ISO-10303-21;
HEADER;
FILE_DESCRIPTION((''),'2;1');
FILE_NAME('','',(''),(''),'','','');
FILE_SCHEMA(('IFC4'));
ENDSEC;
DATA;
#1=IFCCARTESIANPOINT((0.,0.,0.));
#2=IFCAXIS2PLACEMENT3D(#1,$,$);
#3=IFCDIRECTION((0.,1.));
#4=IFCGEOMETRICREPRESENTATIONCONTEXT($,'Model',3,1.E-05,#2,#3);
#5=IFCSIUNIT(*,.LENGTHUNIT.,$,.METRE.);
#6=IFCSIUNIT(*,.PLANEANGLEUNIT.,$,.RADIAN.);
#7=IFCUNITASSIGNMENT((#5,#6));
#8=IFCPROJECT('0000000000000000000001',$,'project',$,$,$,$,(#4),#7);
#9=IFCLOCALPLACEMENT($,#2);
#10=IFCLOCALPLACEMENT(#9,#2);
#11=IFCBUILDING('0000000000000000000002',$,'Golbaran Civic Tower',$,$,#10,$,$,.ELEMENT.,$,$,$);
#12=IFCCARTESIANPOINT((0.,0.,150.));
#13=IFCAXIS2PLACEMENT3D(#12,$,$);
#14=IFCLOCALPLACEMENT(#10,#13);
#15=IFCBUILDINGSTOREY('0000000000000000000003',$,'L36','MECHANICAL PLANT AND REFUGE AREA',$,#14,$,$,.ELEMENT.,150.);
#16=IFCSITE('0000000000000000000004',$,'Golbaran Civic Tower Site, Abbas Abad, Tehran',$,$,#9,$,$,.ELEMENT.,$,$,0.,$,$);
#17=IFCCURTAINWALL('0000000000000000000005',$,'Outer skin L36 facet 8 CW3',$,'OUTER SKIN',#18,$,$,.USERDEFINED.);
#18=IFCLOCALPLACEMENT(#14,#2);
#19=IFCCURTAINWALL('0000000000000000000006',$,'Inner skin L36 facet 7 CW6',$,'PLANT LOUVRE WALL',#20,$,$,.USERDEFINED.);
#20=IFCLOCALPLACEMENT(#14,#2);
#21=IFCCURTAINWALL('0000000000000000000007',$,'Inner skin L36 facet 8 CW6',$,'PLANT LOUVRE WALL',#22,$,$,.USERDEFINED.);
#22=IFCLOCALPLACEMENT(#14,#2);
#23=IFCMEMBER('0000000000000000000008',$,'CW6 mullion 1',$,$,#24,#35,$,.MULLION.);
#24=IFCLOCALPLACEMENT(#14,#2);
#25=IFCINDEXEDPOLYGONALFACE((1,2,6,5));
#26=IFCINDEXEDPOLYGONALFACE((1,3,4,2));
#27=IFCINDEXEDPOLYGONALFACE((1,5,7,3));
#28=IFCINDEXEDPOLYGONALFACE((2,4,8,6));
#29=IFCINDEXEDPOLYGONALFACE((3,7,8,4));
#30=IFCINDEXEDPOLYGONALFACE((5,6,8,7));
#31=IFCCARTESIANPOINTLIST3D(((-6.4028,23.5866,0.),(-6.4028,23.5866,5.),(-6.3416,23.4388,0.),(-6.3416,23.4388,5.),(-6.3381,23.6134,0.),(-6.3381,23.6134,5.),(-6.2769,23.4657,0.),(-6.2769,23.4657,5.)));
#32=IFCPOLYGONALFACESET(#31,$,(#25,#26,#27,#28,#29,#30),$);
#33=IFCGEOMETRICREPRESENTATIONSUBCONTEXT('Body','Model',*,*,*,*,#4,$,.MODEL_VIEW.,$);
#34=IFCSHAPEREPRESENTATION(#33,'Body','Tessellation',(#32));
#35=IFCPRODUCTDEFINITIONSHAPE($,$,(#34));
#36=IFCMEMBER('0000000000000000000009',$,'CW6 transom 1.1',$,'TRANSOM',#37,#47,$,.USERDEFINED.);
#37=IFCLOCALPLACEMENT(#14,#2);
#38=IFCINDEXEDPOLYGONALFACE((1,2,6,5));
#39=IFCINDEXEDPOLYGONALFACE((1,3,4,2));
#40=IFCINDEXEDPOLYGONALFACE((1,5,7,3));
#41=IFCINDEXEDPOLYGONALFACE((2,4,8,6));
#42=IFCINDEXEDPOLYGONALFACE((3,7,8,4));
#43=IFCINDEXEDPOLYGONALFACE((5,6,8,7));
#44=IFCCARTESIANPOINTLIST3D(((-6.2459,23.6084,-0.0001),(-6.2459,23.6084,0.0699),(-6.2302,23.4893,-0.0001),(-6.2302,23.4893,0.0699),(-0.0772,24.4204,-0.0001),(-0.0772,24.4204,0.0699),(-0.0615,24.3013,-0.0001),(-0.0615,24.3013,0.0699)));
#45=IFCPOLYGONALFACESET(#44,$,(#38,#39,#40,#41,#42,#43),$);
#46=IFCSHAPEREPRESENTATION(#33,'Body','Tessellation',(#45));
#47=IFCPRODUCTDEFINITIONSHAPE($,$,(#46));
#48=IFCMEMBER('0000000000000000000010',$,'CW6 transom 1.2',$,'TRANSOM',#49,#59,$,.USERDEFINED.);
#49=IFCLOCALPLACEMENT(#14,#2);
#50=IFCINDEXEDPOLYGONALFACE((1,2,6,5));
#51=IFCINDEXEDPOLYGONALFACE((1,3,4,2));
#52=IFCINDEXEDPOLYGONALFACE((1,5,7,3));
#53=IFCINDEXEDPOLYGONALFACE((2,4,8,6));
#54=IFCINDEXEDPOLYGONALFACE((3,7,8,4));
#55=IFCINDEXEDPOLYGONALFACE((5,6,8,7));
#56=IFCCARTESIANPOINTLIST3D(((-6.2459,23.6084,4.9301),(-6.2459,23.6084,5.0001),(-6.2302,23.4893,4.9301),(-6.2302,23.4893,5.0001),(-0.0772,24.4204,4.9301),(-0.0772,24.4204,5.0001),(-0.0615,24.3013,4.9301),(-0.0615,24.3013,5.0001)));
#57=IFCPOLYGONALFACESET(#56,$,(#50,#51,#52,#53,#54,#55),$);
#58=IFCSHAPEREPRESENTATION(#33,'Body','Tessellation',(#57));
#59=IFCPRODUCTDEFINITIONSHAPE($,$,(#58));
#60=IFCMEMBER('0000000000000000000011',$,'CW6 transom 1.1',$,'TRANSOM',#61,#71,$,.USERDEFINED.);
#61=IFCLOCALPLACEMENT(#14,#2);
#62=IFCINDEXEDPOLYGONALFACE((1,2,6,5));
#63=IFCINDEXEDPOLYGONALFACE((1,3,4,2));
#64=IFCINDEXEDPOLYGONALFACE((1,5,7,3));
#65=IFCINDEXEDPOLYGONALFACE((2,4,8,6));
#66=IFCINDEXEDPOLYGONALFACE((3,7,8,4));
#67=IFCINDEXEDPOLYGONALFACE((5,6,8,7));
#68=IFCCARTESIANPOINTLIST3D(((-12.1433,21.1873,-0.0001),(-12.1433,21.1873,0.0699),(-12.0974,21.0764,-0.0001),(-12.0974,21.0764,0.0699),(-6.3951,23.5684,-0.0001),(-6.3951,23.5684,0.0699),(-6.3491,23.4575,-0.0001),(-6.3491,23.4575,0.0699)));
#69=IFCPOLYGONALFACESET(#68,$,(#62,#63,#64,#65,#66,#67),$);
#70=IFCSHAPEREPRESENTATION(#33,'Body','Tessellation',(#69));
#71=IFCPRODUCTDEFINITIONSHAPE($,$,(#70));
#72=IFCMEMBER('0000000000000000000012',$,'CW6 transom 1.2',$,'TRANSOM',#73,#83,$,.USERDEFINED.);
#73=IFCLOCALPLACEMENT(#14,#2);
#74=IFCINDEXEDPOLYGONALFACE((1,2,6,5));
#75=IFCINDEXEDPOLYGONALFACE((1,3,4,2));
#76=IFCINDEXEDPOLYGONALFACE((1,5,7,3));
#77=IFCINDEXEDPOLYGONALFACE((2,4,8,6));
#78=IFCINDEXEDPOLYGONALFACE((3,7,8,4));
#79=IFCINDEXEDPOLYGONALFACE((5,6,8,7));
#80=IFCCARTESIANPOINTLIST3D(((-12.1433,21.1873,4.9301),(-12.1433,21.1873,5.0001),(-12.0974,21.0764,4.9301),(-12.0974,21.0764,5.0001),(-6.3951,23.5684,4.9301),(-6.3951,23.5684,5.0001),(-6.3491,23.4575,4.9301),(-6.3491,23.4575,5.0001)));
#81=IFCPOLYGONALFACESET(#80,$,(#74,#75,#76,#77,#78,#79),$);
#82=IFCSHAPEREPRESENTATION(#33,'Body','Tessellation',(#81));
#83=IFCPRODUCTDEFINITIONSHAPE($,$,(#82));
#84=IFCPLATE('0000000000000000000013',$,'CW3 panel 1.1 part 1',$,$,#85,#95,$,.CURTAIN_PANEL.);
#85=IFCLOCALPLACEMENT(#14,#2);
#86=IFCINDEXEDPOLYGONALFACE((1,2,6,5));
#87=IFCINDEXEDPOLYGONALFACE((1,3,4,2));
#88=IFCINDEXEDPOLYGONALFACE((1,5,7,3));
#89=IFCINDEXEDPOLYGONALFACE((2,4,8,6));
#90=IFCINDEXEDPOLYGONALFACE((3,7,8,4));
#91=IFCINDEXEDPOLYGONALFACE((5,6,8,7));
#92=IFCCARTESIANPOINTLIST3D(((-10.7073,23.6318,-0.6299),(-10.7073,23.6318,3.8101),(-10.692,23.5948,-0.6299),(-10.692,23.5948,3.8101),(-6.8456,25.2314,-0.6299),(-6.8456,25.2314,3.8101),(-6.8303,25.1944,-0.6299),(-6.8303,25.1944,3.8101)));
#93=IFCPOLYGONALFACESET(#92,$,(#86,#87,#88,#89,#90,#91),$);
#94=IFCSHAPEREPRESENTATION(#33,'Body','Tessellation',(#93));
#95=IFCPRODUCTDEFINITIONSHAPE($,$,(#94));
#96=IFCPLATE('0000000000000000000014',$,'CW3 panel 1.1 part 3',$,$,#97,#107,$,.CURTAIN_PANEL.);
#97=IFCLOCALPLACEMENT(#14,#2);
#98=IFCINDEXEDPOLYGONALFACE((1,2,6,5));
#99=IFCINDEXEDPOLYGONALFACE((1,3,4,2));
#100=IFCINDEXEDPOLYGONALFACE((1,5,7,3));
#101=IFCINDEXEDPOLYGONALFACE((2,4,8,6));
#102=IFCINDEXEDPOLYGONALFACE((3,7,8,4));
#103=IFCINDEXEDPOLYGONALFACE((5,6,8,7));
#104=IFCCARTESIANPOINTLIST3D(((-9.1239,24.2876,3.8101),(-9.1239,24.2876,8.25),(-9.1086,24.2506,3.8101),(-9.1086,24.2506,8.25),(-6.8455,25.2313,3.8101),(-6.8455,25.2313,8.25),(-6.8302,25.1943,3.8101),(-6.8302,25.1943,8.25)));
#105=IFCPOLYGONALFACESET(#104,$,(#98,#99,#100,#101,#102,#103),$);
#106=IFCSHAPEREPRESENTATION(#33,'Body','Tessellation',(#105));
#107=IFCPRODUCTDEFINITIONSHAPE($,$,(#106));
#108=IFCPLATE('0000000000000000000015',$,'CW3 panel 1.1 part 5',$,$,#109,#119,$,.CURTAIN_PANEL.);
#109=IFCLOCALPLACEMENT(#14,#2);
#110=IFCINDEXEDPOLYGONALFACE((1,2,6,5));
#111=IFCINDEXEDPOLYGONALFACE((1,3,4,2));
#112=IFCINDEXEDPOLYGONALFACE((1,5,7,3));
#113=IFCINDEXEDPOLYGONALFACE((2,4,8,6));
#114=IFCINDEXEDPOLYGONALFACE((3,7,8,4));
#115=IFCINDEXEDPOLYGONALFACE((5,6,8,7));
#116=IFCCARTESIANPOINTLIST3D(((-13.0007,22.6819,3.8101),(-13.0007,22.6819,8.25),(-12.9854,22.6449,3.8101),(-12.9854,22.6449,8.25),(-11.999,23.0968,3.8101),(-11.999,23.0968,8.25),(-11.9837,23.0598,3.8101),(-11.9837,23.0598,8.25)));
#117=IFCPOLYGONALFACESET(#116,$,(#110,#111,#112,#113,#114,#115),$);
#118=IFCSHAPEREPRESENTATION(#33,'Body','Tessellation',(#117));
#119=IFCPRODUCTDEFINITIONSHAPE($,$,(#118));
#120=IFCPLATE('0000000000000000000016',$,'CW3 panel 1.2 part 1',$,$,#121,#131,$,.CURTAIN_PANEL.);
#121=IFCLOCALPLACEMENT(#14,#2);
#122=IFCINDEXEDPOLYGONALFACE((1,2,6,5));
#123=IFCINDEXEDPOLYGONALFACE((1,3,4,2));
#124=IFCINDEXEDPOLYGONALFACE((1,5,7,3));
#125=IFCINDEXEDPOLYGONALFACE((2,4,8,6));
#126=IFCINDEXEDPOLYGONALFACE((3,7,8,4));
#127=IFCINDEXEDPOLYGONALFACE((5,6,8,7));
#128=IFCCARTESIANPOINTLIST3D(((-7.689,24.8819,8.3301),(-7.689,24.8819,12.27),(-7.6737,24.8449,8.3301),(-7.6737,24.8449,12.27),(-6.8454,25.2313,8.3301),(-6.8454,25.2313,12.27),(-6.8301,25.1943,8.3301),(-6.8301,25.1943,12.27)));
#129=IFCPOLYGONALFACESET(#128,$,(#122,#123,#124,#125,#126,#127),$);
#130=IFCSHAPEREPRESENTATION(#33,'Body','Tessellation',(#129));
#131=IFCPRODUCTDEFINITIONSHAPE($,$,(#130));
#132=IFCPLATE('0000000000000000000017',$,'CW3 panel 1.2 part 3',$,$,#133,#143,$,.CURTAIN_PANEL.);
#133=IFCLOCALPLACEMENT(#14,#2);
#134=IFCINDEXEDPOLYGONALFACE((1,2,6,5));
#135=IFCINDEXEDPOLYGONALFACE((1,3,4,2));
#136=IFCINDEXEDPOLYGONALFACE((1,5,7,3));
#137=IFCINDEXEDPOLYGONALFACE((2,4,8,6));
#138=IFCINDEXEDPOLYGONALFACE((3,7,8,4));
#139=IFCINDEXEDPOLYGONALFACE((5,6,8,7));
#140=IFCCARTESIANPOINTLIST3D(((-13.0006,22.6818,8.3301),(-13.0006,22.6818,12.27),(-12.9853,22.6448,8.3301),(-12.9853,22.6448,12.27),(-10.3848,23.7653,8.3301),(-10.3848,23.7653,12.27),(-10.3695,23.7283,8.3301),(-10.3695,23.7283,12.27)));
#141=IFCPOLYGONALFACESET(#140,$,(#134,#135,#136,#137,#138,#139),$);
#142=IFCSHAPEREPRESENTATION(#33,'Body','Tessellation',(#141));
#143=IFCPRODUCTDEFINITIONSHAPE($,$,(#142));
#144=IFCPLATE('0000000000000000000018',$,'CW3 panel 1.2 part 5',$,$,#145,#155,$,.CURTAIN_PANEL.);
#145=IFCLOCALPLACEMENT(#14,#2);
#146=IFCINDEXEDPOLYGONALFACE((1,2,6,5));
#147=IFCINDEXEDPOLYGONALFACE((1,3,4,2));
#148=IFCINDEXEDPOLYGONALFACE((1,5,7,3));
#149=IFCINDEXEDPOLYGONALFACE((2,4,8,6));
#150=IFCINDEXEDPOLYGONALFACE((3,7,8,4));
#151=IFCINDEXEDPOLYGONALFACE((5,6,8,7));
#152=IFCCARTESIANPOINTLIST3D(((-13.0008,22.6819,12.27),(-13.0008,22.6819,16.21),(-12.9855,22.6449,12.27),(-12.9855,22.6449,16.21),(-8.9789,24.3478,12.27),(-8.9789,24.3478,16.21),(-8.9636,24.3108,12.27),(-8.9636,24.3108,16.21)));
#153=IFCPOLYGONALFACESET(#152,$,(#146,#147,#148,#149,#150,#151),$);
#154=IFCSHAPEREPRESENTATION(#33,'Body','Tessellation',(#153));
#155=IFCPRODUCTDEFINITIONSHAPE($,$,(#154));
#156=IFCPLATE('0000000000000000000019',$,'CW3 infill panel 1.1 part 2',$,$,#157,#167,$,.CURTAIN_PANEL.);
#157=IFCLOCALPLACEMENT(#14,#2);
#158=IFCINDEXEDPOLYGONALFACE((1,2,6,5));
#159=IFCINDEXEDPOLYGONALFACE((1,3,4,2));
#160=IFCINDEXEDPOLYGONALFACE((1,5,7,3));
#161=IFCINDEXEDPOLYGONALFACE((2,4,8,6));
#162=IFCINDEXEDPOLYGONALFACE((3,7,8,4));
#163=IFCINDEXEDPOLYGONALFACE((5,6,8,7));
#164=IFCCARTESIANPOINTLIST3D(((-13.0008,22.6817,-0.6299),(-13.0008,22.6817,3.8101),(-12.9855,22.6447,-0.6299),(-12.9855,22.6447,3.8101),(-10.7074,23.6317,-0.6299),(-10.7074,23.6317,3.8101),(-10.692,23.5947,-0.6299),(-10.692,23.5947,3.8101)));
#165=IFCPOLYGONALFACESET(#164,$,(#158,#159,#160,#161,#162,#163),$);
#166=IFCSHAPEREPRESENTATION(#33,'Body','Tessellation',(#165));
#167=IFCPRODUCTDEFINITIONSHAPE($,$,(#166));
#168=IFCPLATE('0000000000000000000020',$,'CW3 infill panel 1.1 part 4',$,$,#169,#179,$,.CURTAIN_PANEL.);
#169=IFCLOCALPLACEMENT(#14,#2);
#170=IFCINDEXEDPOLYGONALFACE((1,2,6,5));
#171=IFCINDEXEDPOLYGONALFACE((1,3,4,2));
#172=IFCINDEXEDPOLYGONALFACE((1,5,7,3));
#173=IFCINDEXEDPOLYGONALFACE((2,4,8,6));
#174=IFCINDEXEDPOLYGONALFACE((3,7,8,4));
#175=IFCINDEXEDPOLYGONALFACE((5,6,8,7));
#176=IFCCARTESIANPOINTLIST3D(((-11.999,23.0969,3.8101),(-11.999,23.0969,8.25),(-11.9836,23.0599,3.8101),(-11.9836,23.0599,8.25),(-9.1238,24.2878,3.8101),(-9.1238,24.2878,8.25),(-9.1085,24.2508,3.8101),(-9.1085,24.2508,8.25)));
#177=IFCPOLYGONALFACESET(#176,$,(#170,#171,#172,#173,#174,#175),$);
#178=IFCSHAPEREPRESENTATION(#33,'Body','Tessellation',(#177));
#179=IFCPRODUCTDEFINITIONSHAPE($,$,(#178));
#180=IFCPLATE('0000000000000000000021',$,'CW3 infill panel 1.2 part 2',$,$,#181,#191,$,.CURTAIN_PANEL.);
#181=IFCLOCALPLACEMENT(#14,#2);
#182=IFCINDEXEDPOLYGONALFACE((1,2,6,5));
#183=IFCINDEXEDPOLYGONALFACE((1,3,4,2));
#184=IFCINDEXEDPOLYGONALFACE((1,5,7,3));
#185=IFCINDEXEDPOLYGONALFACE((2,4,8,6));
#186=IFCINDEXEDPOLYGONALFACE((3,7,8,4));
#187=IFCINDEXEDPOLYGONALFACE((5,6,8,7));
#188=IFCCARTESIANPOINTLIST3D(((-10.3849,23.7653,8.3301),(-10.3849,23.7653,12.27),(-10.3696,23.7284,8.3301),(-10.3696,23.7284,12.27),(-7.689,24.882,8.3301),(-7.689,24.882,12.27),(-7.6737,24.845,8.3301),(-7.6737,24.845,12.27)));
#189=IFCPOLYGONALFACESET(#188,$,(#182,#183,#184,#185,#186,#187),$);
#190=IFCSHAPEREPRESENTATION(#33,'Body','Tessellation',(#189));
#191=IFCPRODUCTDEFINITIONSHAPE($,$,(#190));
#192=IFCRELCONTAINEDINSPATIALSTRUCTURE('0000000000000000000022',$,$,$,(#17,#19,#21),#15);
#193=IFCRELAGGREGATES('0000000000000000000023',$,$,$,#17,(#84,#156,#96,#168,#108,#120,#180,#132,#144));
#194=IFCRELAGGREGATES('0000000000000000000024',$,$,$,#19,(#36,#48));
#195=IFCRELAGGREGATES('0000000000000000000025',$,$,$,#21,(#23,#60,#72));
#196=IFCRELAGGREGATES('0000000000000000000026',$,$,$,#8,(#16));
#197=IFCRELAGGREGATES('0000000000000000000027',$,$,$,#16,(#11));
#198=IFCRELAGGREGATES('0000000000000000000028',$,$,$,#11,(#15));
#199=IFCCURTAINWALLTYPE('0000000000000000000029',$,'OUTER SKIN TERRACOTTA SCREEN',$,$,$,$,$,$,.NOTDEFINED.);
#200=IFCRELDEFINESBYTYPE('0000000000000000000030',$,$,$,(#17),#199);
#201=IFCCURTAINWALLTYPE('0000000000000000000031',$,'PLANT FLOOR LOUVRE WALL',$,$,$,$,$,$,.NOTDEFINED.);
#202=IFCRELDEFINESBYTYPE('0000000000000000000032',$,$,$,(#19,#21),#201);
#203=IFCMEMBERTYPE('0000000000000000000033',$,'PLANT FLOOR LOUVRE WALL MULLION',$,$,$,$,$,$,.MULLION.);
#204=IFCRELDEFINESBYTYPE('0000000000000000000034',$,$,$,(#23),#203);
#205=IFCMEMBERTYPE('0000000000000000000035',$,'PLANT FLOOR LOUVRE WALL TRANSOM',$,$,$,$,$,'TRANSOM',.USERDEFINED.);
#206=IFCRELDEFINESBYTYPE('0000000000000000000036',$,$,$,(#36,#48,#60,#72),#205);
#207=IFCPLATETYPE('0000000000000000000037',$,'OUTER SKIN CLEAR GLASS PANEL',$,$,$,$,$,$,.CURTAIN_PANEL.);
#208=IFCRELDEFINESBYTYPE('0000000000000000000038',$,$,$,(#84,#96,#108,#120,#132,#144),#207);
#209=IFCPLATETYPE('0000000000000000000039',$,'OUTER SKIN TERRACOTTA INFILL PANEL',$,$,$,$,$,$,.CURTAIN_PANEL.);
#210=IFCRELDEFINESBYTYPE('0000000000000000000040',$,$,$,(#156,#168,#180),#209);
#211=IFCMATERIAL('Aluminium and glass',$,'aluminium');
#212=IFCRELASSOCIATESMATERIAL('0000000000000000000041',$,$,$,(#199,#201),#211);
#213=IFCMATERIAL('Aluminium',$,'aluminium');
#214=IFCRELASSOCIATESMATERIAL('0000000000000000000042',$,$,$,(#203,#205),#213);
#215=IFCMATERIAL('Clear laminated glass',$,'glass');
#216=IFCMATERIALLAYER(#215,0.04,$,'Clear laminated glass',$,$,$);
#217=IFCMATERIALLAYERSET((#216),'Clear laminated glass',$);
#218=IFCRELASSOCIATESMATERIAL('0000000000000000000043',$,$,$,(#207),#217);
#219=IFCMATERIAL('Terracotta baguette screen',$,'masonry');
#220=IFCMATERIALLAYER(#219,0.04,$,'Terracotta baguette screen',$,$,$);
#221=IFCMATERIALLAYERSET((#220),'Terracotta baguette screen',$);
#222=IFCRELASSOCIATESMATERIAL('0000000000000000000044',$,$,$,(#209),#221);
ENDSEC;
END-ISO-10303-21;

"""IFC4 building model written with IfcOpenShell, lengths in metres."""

from ifc_helpers import new_model, si_unit, direction, frame, origin, origin_2d, place, context, subcontext, project, spatial, rectangle, extrude, material, layer, layer_set, material_profile, profile_set, type_object, element, aggregate, save


model = new_model("IFC4")

# Units and contexts
model_context = context("Model", 3, precision=1e-05, world=origin(), true_north=direction((0.0, 1.0)))
body_context = subcontext(model_context, "Body", "Model", "MODEL_VIEW")
ifc_project = project(units=[si_unit("LENGTHUNIT", "METRE"), si_unit("PLANEANGLEUNIT", "RADIAN")], contexts=[model_context])

# Site, building, storey
site_placement = place(None, origin())
site = spatial("IfcSite", under=ifc_project, at=site_placement, Name="Golbaran Civic Tower Site, Abbas Abad, Tehran", CompositionType="ELEMENT", RefElevation=0.0)
building_placement = place(site_placement, origin())
building = spatial("IfcBuilding", under=site, at=building_placement, Name="Golbaran Civic Tower", CompositionType="ELEMENT")
storey_placement = place(building_placement, frame((0.0, 0.0, 150.0)))
storey = spatial("IfcBuildingStorey", under=building, at=storey_placement, Name="L36", Description="MECHANICAL PLANT AND REFUGE AREA", CompositionType="ELEMENT", Elevation=150.0)

# Shared definitions
ifc_material_1 = material(Name="Aluminium and glass", Category="aluminium")
curtain_wall_type_1 = type_object("IfcCurtainWallType", Name="OUTER SKIN TERRACOTTA SCREEN", PredefinedType="NOTDEFINED", material=ifc_material_1)
ifc_material_2 = material(Name="Aluminium", Category="aluminium")

# Curtain wall
curtain_wall_1_placement = place(storey_placement, origin())
curtain_wall_1 = element("IfcCurtainWall", 1, at=curtain_wall_1_placement, inside=storey, type_object=curtain_wall_type_1, Name="Outer skin L36 facet 8 CW3", ObjectType="OUTER SKIN", PredefinedType="USERDEFINED")

# Curtain wall
curtain_wall_type_2 = type_object("IfcCurtainWallType", Name="PLANT FLOOR LOUVRE WALL", PredefinedType="NOTDEFINED", material=ifc_material_1)
curtain_wall_2_placement = place(storey_placement, origin())
curtain_wall_2 = element("IfcCurtainWall", 2, at=curtain_wall_2_placement, inside=storey, type_object=curtain_wall_type_2, Name="Inner skin L36 facet 7 CW6", ObjectType="PLANT LOUVRE WALL", PredefinedType="USERDEFINED")
ifc_material_profile_1 = material_profile(ifc_material_2, rectangle(XDim=0.1599, YDim=0.0701, at=origin_2d()), Name="PLANT FLOOR LOUVRE WALL MULLION")
ifc_profile_set_1 = profile_set([ifc_material_profile_1], Name="Aluminium")
member_type_1 = type_object("IfcMemberType", Name="PLANT FLOOR LOUVRE WALL MULLION", PredefinedType="MULLION", material=ifc_profile_set_1)

# Curtain wall, member
curtain_wall_3_placement = place(storey_placement, origin())
curtain_wall_3 = element("IfcCurtainWall", 3, at=curtain_wall_3_placement, inside=storey, type_object=curtain_wall_type_2, Name="Inner skin L36 facet 8 CW6", ObjectType="PLANT LOUVRE WALL", PredefinedType="USERDEFINED")
member_1_placement = place(storey_placement, frame((-6.3398, 23.5261, 0.0), z_axis=(0.0, 0.0, 1.0), x_axis=(0.382683, -0.92388, 0.0)))
member_1 = element("IfcMember", 4, at=member_1_placement, type_object=member_type_1, Name="CW6 mullion 1", PredefinedType="MULLION", context=body_context, shape_type="SweptSolid", body=[
    extrude(rectangle(XDim=0.1599, YDim=0.0701, at=origin_2d()), origin(), (0.0, 0.0, 1.0), 5.0),
])

# Members
ifc_material_profile_2 = material_profile(ifc_material_2, rectangle(XDim=0.1201, YDim=0.0701, at=origin_2d()), Name="PLANT FLOOR LOUVRE WALL TRANSOM")
ifc_profile_set_2 = profile_set([ifc_material_profile_2], Name="Aluminium")
member_type_2 = type_object("IfcMemberType", Name="PLANT FLOOR LOUVRE WALL TRANSOM", ElementType="TRANSOM", PredefinedType="USERDEFINED", material=ifc_profile_set_2)
member_2_placement = place(storey_placement, frame((-0.0693, 24.3608, 0.0349), z_axis=(-0.991447, -0.130508, 0.0), x_axis=(0.130508, -0.991447, 0.0)))
member_2 = element("IfcMember", 5, at=member_2_placement, type_object=member_type_2, Name="CW6 transom 1.1", ObjectType="TRANSOM", PredefinedType="USERDEFINED", context=body_context, shape_type="SweptSolid", body=[
    extrude(rectangle(XDim=0.1201, YDim=0.0701, at=origin_2d()), origin(), (0.0, 0.0, 1.0), 6.2219),
])
member_3_placement = place(storey_placement, frame((-0.0693, 24.3608, 4.9651), z_axis=(-0.991447, -0.130508, 0.0), x_axis=(0.130508, -0.991447, 0.0)))
member_3 = element("IfcMember", 6, at=member_3_placement, type_object=member_type_2, Name="CW6 transom 1.2", ObjectType="TRANSOM", PredefinedType="USERDEFINED", context=body_context, shape_type="SweptSolid", body=[
    extrude(rectangle(XDim=0.1201, YDim=0.0701, at=origin_2d()), origin(), (0.0, 0.0, 1.0), 6.2219),
])
member_4_placement = place(storey_placement, frame((-6.3721, 23.5129, 0.0349), z_axis=(-0.923875, -0.382695, 0.0), x_axis=(0.382695, -0.923875, 0.0)))
member_4 = element("IfcMember", 7, at=member_4_placement, type_object=member_type_2, Name="CW6 transom 1.1", ObjectType="TRANSOM", PredefinedType="USERDEFINED", context=body_context, shape_type="SweptSolid", body=[
    extrude(rectangle(XDim=0.1201, YDim=0.0701, at=origin_2d()), origin(), (0.0, 0.0, 1.0), 6.2219),
])
member_5_placement = place(storey_placement, frame((-6.3721, 23.5129, 4.9651), z_axis=(-0.923875, -0.382695, 0.0), x_axis=(0.382695, -0.923875, 0.0)))
member_5 = element("IfcMember", 8, at=member_5_placement, type_object=member_type_2, Name="CW6 transom 1.2", ObjectType="TRANSOM", PredefinedType="USERDEFINED", context=body_context, shape_type="SweptSolid", body=[
    extrude(rectangle(XDim=0.1201, YDim=0.0701, at=origin_2d()), origin(), (0.0, 0.0, 1.0), 6.2219),
])

# Plates
ifc_material_3 = material(Name="Clear laminated glass", Category="glass")
ifc_layer_1 = layer(ifc_material_3, 0.04, Name="Clear laminated glass")
ifc_layer_set_1 = layer_set([ifc_layer_1], Name="Clear laminated glass")
plate_type_1 = type_object("IfcPlateType", Name="OUTER SKIN CLEAR GLASS PANEL", PredefinedType="CURTAIN_PANEL", material=ifc_layer_set_1)
plate_1_placement = place(storey_placement, frame((-8.7688, 24.4131, -0.6299), z_axis=(0.0, 0.0, 1.0), x_axis=(-0.92388, -0.382683, 0.0)))
plate_1 = element("IfcPlate", 9, at=plate_1_placement, type_object=plate_type_1, Name="CW3 panel 1.1 part 1", PredefinedType="CURTAIN_PANEL", context=body_context, shape_type="SweptSolid", body=[
    extrude(rectangle(XDim=4.1799, YDim=0.04, at=origin_2d()), origin(), (0.0, 0.0, 1.0), 4.4399),
])
plate_2_placement = place(storey_placement, frame((-7.9771, 24.741, 3.8101), z_axis=(0.0, 0.0, 1.0), x_axis=(-0.92388, -0.382683, 0.0)))
plate_2 = element("IfcPlate", 10, at=plate_2_placement, type_object=plate_type_1, Name="CW3 panel 1.1 part 3", PredefinedType="CURTAIN_PANEL", context=body_context, shape_type="SweptSolid", body=[
    extrude(rectangle(XDim=2.4661, YDim=0.04, at=origin_2d()), origin(), (0.0, 0.0, 1.0), 4.4399),
])
plate_3_placement = place(storey_placement, frame((-12.4922, 22.8708, 3.8101), z_axis=(0.0, 0.0, 1.0), x_axis=(-0.92388, -0.382683, 0.0)))
plate_3 = element("IfcPlate", 11, at=plate_3_placement, type_object=plate_type_1, Name="CW3 panel 1.1 part 5", PredefinedType="CURTAIN_PANEL", context=body_context, shape_type="SweptSolid", body=[
    extrude(rectangle(XDim=1.0842, YDim=0.04, at=origin_2d()), origin(), (0.0, 0.0, 1.0), 4.4399),
])
plate_4_placement = place(storey_placement, frame((-7.2595, 25.0381, 8.3301), z_axis=(0.0, 0.0, 1.0), x_axis=(-0.92388, -0.382683, 0.0)))
plate_4 = element("IfcPlate", 12, at=plate_4_placement, type_object=plate_type_1, Name="CW3 panel 1.2 part 1", PredefinedType="CURTAIN_PANEL", context=body_context, shape_type="SweptSolid", body=[
    extrude(rectangle(XDim=0.9131, YDim=0.04, at=origin_2d()), origin(), (0.0, 0.0, 1.0), 3.9399),
])
plate_5_placement = place(storey_placement, frame((-11.6851, 23.2051, 8.3301), z_axis=(0.0, 0.0, 1.0), x_axis=(-0.92388, -0.382683, 0.0)))
plate_5 = element("IfcPlate", 13, at=plate_5_placement, type_object=plate_type_1, Name="CW3 panel 1.2 part 3", PredefinedType="CURTAIN_PANEL", context=body_context, shape_type="SweptSolid", body=[
    extrude(rectangle(XDim=2.8313, YDim=0.04, at=origin_2d()), origin(), (0.0, 0.0, 1.0), 3.9399),
])
plate_6_placement = place(storey_placement, frame((-10.9822, 23.4963, 12.27), z_axis=(0.0, 0.0, 1.0), x_axis=(-0.92388, -0.382683, 0.0)))
plate_6 = element("IfcPlate", 14, at=plate_6_placement, type_object=plate_type_1, Name="CW3 panel 1.2 part 5", PredefinedType="CURTAIN_PANEL", context=body_context, shape_type="SweptSolid", body=[
    extrude(rectangle(XDim=4.3533, YDim=0.04, at=origin_2d()), origin(), (0.0, 0.0, 1.0), 3.9399),
])
ifc_material_4 = material(Name="Terracotta baguette screen", Category="masonry")
ifc_layer_2 = layer(ifc_material_4, 0.04, Name="Terracotta baguette screen")
ifc_layer_set_2 = layer_set([ifc_layer_2], Name="Terracotta baguette screen")
plate_type_2 = type_object("IfcPlateType", Name="OUTER SKIN TERRACOTTA INFILL PANEL", PredefinedType="CURTAIN_PANEL", material=ifc_layer_set_2)
plate_7_placement = place(storey_placement, frame((-11.8464, 23.1382, -0.6299), z_axis=(0.0, 0.0, 1.0), x_axis=(-0.92388, -0.382683, 0.0)))
plate_7 = element("IfcPlate", 15, at=plate_7_placement, type_object=plate_type_2, Name="CW3 infill panel 1.1 part 2", PredefinedType="CURTAIN_PANEL", context=body_context, shape_type="SweptSolid", body=[
    extrude(rectangle(XDim=2.4824, YDim=0.04, at=origin_2d()), origin(), (0.0, 0.0, 1.0), 4.4399),
])
plate_8_placement = place(storey_placement, frame((-10.5537, 23.6738, 3.8101), z_axis=(0.0, 0.0, 1.0), x_axis=(-0.92388, -0.382683, 0.0)))
plate_8 = element("IfcPlate", 16, at=plate_8_placement, type_object=plate_type_2, Name="CW3 infill panel 1.1 part 4", PredefinedType="CURTAIN_PANEL", context=body_context, shape_type="SweptSolid", body=[
    extrude(rectangle(XDim=3.1121, YDim=0.04, at=origin_2d()), origin(), (0.0, 0.0, 1.0), 4.4399),
])
plate_9_placement = place(storey_placement, frame((-9.0293, 24.3052, 8.3301), z_axis=(0.0, 0.0, 1.0), x_axis=(-0.92388, -0.382683, 0.0)))
plate_9 = element("IfcPlate", 17, at=plate_9_placement, type_object=plate_type_2, Name="CW3 infill panel 1.2 part 2", PredefinedType="CURTAIN_PANEL", context=body_context, shape_type="SweptSolid", body=[
    extrude(rectangle(XDim=2.918, YDim=0.04, at=origin_2d()), origin(), (0.0, 0.0, 1.0), 3.9399),
])
aggregate(curtain_wall_1, [plate_1, plate_7, plate_2, plate_8, plate_3, plate_4, plate_9, plate_5, plate_6])
aggregate(curtain_wall_2, [member_2, member_3])
aggregate(curtain_wall_3, [member_1, member_4, member_5])

save(model, "model.ifc")
